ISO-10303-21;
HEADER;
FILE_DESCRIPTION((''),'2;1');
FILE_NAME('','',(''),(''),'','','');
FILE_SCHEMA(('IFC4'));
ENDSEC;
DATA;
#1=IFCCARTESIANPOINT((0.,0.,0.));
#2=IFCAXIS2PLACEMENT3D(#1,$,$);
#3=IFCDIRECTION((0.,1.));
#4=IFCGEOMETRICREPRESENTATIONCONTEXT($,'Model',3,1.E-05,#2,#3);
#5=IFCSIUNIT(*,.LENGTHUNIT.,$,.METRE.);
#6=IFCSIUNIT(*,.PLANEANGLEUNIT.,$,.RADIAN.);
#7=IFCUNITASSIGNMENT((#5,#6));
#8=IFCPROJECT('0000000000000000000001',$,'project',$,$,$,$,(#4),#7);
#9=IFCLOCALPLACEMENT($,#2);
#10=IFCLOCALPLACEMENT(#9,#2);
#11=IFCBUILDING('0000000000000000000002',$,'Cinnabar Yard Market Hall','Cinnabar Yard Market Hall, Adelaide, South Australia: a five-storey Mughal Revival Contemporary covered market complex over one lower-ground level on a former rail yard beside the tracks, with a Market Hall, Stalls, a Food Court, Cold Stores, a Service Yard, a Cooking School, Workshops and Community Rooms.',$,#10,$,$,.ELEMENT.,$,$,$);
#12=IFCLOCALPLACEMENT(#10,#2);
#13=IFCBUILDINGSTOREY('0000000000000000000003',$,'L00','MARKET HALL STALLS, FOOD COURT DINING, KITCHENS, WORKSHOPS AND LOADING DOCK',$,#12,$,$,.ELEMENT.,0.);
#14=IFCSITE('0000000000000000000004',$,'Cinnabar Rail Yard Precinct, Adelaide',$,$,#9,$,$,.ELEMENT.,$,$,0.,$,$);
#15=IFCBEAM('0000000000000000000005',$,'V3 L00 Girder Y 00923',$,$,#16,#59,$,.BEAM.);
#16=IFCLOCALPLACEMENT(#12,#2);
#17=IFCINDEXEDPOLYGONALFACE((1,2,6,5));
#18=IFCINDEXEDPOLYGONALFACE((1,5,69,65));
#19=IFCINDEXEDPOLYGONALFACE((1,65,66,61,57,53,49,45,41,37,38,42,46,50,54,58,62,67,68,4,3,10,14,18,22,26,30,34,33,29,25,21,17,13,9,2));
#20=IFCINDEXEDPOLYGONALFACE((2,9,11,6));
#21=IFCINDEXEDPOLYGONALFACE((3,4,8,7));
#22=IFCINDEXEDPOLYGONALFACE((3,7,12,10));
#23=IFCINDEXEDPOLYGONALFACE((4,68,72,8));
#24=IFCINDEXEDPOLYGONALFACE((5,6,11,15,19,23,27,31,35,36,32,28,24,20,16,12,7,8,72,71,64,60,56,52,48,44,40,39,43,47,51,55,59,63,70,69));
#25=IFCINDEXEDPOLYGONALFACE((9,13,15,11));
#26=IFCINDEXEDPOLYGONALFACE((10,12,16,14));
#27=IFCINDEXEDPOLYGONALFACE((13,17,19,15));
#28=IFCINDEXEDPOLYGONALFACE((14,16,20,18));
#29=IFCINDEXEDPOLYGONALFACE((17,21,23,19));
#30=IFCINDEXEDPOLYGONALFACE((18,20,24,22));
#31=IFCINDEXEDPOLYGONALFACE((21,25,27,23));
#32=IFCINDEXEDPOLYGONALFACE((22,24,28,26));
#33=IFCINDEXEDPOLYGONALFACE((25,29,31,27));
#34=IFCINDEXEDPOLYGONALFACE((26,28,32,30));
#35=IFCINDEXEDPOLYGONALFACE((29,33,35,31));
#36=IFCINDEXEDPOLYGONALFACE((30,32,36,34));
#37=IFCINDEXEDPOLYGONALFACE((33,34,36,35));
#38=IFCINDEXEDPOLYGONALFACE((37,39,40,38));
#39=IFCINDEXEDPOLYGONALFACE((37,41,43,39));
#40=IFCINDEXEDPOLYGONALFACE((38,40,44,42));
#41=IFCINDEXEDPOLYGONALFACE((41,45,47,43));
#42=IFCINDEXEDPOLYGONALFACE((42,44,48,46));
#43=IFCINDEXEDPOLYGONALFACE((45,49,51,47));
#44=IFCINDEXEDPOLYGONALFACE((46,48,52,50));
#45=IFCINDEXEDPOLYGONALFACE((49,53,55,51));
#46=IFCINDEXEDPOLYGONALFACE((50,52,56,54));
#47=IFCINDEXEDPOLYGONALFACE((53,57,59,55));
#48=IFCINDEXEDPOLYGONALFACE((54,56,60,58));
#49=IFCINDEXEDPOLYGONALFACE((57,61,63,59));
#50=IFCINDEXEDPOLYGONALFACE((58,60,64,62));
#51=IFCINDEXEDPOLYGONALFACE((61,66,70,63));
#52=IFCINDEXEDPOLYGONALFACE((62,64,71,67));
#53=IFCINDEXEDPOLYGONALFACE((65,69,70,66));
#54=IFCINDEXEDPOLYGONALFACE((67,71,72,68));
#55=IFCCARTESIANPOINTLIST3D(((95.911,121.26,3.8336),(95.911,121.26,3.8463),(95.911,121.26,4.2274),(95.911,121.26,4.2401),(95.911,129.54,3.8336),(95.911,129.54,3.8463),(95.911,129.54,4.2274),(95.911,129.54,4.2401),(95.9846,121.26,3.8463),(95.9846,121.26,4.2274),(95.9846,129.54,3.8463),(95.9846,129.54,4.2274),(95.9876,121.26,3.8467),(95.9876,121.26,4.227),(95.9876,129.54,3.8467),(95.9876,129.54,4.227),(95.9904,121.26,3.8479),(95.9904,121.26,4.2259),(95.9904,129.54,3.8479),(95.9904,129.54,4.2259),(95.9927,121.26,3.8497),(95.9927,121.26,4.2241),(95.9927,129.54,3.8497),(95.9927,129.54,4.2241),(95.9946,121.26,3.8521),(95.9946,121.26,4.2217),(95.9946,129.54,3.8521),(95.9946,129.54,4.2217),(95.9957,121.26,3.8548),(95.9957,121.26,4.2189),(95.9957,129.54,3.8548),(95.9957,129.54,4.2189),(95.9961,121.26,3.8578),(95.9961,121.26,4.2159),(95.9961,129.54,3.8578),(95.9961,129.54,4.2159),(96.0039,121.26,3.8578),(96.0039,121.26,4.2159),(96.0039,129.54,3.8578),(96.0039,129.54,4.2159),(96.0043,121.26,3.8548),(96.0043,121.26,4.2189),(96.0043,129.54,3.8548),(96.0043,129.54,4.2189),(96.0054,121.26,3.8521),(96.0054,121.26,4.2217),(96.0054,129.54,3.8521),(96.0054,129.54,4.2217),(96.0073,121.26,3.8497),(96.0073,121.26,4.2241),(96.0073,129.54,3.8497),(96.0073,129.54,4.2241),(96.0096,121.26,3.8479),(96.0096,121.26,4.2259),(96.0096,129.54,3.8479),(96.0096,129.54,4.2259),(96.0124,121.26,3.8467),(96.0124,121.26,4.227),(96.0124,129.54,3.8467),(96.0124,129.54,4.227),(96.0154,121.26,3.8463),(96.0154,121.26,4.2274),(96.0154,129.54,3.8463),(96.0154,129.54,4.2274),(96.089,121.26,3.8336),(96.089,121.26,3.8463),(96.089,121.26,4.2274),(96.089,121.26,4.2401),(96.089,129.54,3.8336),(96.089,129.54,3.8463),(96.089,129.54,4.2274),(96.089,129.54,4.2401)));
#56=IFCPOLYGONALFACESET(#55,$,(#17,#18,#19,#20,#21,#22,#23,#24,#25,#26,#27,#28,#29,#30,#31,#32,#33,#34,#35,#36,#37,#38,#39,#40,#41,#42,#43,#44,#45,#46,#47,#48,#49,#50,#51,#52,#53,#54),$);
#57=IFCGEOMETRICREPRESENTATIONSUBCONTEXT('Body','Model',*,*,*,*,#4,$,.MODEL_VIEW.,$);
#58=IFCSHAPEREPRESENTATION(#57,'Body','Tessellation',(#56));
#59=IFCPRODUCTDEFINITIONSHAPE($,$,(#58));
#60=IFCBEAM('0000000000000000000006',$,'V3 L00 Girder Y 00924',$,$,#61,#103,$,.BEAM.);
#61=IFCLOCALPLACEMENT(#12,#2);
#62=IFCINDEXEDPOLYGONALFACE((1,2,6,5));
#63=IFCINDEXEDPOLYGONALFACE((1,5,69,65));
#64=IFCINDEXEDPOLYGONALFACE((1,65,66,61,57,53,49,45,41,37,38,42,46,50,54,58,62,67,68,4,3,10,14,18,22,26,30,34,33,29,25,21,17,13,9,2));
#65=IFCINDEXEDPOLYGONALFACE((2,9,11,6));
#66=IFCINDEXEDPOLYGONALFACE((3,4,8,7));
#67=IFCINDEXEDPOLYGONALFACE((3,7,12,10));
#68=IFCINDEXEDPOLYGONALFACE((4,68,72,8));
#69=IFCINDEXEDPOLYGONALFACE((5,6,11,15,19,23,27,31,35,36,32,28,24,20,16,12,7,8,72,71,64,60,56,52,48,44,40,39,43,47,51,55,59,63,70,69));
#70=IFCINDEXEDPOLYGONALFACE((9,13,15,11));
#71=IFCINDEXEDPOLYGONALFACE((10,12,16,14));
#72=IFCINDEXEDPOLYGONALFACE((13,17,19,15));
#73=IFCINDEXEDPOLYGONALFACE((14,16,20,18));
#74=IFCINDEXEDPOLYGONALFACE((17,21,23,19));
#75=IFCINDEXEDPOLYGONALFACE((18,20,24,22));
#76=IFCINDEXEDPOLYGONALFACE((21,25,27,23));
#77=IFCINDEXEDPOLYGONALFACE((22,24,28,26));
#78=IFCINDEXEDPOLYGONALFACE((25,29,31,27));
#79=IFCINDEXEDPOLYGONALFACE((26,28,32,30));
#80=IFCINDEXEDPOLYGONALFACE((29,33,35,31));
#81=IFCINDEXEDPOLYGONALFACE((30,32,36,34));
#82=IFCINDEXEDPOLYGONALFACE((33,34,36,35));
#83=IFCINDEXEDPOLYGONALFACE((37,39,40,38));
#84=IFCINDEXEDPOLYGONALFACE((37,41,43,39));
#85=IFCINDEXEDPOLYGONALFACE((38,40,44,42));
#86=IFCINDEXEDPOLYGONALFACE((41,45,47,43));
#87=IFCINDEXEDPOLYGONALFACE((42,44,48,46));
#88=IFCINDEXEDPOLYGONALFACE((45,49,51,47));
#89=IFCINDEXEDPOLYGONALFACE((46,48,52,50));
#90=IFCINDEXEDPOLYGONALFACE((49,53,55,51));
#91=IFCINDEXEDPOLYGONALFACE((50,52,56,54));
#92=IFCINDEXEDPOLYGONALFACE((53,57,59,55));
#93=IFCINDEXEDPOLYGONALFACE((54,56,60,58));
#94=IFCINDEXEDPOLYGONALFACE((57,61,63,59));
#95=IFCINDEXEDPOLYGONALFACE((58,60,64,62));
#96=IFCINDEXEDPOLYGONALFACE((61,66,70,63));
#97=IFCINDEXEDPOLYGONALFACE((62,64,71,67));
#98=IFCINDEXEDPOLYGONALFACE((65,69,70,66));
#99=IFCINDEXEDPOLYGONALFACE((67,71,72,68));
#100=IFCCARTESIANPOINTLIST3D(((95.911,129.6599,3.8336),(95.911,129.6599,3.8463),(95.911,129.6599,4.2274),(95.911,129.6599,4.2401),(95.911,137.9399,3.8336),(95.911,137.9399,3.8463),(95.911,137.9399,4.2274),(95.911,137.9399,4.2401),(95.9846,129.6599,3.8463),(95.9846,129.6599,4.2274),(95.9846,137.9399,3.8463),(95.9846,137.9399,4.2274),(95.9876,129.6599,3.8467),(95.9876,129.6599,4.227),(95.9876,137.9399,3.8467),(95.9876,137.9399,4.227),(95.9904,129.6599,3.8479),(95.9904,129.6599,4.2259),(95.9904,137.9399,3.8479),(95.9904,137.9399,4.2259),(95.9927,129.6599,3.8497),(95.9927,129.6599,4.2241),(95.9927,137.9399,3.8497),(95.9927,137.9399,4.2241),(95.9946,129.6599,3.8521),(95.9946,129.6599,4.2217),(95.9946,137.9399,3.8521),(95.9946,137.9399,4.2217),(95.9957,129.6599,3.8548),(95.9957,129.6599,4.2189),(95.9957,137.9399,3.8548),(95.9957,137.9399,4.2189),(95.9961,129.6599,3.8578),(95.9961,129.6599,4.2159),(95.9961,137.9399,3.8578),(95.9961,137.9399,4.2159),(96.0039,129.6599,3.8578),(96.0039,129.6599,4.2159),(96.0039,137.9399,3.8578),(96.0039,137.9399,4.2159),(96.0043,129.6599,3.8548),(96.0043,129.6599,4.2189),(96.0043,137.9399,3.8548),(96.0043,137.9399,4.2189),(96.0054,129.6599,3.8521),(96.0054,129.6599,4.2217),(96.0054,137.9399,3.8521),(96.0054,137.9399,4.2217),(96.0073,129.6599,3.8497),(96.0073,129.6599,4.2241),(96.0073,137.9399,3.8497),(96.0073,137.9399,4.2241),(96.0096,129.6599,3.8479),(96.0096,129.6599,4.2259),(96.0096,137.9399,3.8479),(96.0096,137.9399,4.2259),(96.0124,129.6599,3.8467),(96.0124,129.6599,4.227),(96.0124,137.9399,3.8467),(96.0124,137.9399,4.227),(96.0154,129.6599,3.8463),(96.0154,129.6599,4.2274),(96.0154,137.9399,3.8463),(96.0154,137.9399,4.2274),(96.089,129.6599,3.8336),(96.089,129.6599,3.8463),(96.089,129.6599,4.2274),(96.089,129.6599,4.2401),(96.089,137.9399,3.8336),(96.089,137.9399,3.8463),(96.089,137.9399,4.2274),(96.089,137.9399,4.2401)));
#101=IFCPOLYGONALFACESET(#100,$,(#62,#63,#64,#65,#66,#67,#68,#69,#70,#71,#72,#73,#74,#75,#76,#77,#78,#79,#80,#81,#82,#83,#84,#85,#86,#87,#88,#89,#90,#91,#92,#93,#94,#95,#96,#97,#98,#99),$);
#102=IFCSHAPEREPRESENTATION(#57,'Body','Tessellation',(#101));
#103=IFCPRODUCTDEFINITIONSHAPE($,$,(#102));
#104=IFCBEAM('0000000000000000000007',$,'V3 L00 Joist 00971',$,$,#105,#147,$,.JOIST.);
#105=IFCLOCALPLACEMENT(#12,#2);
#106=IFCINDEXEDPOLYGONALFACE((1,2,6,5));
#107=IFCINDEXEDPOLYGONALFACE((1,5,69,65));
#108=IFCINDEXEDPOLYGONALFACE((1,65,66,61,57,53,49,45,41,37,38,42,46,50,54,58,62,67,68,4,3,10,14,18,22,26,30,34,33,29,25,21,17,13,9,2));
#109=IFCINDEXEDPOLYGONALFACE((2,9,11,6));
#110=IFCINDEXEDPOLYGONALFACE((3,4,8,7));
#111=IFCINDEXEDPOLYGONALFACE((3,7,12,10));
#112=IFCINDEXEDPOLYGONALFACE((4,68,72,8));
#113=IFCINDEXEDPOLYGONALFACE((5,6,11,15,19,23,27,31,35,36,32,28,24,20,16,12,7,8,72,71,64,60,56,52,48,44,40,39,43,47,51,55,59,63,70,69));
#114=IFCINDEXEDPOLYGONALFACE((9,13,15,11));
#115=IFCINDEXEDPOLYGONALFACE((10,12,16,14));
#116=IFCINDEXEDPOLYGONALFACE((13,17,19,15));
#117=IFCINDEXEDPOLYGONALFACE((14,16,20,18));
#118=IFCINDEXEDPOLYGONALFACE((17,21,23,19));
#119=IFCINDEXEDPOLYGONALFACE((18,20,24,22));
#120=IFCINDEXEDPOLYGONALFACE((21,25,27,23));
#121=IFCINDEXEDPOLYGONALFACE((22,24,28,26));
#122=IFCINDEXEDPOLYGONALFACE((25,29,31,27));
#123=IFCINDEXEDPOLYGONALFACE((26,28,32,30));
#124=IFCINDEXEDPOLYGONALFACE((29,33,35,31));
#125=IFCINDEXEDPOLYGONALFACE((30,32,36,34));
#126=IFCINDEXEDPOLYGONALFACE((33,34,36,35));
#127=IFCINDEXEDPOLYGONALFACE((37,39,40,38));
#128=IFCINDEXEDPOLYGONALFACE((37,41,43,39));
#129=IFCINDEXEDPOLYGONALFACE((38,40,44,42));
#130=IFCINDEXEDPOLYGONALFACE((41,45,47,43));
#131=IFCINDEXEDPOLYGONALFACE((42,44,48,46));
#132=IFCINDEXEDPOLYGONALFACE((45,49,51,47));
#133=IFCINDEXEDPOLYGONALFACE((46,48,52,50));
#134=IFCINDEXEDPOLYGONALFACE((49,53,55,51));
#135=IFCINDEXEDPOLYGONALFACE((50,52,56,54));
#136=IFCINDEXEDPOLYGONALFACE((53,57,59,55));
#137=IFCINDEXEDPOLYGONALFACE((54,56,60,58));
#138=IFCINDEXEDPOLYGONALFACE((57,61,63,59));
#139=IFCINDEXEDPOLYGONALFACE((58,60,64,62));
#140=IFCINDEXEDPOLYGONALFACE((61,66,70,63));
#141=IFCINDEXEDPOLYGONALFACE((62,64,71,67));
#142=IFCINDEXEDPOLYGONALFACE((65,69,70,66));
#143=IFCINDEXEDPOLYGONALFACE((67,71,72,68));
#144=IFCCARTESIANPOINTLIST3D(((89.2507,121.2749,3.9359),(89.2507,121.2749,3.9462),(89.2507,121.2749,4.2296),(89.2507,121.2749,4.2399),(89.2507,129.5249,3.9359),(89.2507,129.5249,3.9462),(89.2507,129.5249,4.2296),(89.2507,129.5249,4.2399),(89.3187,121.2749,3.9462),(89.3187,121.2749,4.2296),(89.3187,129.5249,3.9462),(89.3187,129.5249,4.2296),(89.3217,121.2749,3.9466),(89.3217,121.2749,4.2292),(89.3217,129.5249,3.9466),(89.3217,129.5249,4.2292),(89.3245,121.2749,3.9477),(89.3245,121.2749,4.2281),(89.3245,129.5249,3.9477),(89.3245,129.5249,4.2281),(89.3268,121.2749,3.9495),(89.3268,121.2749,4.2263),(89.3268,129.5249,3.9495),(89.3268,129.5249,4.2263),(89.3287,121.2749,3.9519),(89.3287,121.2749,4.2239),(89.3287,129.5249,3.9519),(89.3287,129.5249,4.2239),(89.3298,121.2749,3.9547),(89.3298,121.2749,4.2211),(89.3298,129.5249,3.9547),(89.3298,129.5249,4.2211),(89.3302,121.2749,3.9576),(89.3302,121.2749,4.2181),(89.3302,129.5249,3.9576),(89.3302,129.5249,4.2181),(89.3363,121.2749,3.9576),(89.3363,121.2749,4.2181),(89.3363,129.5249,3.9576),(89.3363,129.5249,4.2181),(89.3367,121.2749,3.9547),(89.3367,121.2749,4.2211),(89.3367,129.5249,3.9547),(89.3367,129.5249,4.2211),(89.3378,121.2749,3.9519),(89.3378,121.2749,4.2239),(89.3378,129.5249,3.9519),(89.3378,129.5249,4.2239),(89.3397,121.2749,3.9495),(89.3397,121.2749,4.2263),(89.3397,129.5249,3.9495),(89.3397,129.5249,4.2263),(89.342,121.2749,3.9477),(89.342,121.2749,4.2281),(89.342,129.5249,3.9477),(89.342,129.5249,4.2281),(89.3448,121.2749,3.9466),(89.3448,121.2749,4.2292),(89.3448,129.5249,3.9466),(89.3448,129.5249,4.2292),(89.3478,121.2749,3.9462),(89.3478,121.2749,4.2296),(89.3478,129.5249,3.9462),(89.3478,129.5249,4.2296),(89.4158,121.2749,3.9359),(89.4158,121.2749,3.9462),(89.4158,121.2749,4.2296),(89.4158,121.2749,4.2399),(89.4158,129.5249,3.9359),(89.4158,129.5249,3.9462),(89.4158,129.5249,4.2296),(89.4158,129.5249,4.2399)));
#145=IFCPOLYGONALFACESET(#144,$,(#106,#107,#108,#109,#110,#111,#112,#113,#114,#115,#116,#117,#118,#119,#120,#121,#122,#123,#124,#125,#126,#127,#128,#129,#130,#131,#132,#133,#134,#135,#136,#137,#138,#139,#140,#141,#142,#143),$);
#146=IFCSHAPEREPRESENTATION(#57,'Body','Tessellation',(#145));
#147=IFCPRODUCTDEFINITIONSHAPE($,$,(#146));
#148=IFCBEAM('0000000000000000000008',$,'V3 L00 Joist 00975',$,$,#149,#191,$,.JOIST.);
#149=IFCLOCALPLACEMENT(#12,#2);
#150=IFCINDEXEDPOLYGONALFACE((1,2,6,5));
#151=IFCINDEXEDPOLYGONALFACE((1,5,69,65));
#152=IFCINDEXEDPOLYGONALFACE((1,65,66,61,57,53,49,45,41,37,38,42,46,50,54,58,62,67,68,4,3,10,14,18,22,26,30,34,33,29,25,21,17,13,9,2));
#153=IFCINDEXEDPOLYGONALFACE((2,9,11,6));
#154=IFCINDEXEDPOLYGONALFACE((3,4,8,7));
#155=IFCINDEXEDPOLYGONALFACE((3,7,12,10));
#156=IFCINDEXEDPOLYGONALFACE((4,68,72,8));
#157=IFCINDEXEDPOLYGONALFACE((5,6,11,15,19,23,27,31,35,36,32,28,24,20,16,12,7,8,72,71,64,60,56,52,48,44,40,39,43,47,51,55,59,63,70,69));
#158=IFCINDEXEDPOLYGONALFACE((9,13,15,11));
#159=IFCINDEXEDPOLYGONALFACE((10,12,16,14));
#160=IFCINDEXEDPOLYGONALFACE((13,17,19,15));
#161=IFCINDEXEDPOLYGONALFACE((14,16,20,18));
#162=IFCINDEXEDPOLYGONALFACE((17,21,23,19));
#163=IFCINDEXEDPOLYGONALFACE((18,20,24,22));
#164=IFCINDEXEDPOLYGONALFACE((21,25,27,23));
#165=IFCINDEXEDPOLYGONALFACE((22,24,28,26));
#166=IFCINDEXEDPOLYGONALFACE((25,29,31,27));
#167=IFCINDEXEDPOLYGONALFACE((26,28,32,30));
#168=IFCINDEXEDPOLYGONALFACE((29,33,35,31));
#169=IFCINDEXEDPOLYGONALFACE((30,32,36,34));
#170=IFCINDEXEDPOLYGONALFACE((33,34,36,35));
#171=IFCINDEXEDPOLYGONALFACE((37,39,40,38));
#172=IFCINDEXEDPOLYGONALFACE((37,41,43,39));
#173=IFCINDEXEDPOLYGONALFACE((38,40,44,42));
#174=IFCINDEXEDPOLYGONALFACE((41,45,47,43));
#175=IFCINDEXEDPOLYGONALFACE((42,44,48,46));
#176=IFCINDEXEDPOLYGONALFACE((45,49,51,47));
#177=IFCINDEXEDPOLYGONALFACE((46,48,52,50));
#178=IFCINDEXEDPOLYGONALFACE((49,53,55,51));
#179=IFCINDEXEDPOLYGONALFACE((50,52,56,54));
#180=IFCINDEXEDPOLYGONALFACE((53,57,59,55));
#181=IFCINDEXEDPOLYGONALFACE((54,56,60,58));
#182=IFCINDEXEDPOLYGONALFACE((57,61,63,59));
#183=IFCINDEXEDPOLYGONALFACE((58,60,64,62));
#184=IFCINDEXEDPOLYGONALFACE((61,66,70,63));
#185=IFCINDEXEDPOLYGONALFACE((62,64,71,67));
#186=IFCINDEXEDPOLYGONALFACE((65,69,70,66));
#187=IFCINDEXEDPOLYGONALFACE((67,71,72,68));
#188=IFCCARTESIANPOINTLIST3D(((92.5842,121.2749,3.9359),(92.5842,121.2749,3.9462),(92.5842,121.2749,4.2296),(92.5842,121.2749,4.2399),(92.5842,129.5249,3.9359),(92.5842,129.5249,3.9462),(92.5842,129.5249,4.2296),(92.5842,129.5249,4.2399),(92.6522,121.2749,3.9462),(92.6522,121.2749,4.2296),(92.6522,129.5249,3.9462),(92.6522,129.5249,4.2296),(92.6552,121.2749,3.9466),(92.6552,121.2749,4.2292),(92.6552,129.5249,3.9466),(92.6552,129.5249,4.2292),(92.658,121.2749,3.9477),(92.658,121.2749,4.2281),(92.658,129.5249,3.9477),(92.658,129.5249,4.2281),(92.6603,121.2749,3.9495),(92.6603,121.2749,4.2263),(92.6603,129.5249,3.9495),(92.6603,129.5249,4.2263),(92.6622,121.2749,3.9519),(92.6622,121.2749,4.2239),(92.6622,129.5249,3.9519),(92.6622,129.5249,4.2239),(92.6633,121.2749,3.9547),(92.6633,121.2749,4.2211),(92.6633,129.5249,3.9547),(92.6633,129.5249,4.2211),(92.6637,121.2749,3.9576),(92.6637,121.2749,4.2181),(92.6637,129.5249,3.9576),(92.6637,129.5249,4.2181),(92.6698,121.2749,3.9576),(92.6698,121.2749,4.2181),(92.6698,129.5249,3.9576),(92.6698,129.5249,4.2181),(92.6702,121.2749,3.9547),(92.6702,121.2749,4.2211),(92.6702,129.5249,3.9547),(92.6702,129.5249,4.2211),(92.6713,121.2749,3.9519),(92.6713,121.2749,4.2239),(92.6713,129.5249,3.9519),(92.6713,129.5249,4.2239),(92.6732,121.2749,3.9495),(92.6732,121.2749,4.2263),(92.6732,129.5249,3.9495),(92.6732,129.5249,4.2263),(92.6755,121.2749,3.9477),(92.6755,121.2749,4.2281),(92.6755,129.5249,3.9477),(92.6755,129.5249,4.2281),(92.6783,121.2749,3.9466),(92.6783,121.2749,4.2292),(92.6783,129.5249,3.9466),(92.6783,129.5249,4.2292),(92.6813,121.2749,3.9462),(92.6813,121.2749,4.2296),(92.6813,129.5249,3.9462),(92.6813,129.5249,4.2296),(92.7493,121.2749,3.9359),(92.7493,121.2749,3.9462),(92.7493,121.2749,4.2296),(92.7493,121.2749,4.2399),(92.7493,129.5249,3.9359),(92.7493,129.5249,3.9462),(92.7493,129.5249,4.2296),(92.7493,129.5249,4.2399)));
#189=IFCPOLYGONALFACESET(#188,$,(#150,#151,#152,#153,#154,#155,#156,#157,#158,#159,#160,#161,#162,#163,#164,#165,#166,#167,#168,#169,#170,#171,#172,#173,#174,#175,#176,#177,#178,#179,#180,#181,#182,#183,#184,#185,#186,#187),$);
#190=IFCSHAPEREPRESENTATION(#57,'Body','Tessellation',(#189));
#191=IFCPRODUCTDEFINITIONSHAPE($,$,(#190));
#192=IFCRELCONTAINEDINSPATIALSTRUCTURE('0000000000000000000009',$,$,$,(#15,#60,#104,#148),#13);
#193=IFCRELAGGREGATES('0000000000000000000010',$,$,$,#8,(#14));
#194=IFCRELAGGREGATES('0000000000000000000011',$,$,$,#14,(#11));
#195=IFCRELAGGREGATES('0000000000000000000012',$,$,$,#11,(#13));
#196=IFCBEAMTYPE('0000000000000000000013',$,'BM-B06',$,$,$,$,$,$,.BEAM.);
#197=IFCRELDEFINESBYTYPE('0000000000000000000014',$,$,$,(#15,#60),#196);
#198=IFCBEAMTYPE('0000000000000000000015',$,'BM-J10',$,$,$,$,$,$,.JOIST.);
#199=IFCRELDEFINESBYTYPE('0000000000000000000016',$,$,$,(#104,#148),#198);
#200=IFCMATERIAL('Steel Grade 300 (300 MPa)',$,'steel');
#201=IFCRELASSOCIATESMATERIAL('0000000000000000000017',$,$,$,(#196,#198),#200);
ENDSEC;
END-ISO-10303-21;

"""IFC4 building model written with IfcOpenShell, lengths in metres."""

from ifc_helpers import new_model, si_unit, direction, frame, origin, origin_2d_with_axis, place, context, subcontext, project, spatial, i_section, extrude, material, material_profile, profile_set, type_object, element, save


model = new_model("IFC4")

# Units and contexts
model_context = context("Model", 3, precision=1e-05, world=origin(), true_north=direction((0.0, 1.0)))
body_context = subcontext(model_context, "Body", "Model", "MODEL_VIEW")
ifc_project = project(units=[si_unit("LENGTHUNIT", "METRE"), si_unit("PLANEANGLEUNIT", "RADIAN")], contexts=[model_context])

# Site, building, storey
site_placement = place(None, origin())
site = spatial("IfcSite", under=ifc_project, at=site_placement, Name="Cinnabar Rail Yard Precinct, Adelaide", CompositionType="ELEMENT", RefElevation=0.0)
building_placement = place(site_placement, origin())
building = spatial("IfcBuilding", under=site, at=building_placement, Name="Cinnabar Yard Market Hall", Description="Cinnabar Yard Market Hall, Adelaide, South Australia: a five-storey Mughal Revival Contemporary covered market complex over one lower-ground level on a former rail yard beside the tracks, with a Market Hall, Stalls, a Food Court, Cold Stores, a Service Yard, a Cooking School, Workshops and Community Rooms.", CompositionType="ELEMENT")
storey_placement = place(building_placement, origin())
storey = spatial("IfcBuildingStorey", under=building, at=storey_placement, Name="L00", Description="MARKET HALL STALLS, FOOD COURT DINING, KITCHENS, WORKSHOPS AND LOADING DOCK", CompositionType="ELEMENT", Elevation=0.0)

# Shared definitions
ifc_material_1 = material(Name="Steel Grade 300 (300 MPa)", Category="steel")

# Beams
ifc_material_profile_1 = material_profile(ifc_material_1, i_section(OverallWidth=0.178, OverallDepth=0.4065, WebThickness=0.0078, FlangeThickness=0.0127, FilletRadius=0.0115, at=origin_2d_with_axis()), Name="410UB59.7")
ifc_profile_set_1 = profile_set([ifc_material_profile_1], Name="Steel Grade 300 (300 MPa)")
beam_type_1 = type_object("IfcBeamType", Name="BM-B06", PredefinedType="BEAM", material=ifc_profile_set_1)
for number, where, z_axis, x_axis, name in (
    (1, (96.0, 121.26, 4.0369), (0.0, 1.0, 0.0), (-1.0, 0.0, 0.0), "V3 L00 Girder Y 00923"),
    (2, (96.0, 129.6599, 4.0369), (0.0, 1.0, 0.0), (-1.0, 0.0, 0.0), "V3 L00 Girder Y 00924"),
):
    element("IfcBeam", number, at=place(storey_placement, frame(where, z_axis=z_axis, x_axis=x_axis)), inside=storey, type_object=beam_type_1, Name=name, PredefinedType="BEAM", context=body_context, shape_type="SweptSolid", body=[
        extrude(i_section(OverallWidth=0.178, OverallDepth=0.4065, WebThickness=0.0078, FlangeThickness=0.0127, FilletRadius=0.0115, at=origin_2d_with_axis()), origin(), (0.0, 0.0, 1.0), 8.28),
    ])
ifc_material_profile_2 = material_profile(ifc_material_1, i_section(OverallWidth=0.165, OverallDepth=0.304, WebThickness=0.0061, FlangeThickness=0.0103, FilletRadius=0.0115, at=origin_2d_with_axis()), Name="310UB40.4")
ifc_profile_set_2 = profile_set([ifc_material_profile_2], Name="Steel Grade 300 (300 MPa)")
beam_type_2 = type_object("IfcBeamType", Name="BM-J10", PredefinedType="JOIST", material=ifc_profile_set_2)
for number, where, z_axis, x_axis, name in (
    (3, (89.3333, 121.2749, 4.0879), (0.0, 1.0, 0.0), (-1.0, 0.0, 0.0), "V3 L00 Joist 00971"),
    (4, (92.6667, 121.2749, 4.0879), (0.0, 1.0, 0.0), (-1.0, 0.0, 0.0), "V3 L00 Joist 00975"),
):
    element("IfcBeam", number, at=place(storey_placement, frame(where, z_axis=z_axis, x_axis=x_axis)), inside=storey, type_object=beam_type_2, Name=name, PredefinedType="JOIST", context=body_context, shape_type="SweptSolid", body=[
        extrude(i_section(OverallWidth=0.165, OverallDepth=0.304, WebThickness=0.0061, FlangeThickness=0.0103, FilletRadius=0.0115, at=origin_2d_with_axis()), origin(), (0.0, 0.0, 1.0), 8.25),
    ])

save(model, "model.ifc")
